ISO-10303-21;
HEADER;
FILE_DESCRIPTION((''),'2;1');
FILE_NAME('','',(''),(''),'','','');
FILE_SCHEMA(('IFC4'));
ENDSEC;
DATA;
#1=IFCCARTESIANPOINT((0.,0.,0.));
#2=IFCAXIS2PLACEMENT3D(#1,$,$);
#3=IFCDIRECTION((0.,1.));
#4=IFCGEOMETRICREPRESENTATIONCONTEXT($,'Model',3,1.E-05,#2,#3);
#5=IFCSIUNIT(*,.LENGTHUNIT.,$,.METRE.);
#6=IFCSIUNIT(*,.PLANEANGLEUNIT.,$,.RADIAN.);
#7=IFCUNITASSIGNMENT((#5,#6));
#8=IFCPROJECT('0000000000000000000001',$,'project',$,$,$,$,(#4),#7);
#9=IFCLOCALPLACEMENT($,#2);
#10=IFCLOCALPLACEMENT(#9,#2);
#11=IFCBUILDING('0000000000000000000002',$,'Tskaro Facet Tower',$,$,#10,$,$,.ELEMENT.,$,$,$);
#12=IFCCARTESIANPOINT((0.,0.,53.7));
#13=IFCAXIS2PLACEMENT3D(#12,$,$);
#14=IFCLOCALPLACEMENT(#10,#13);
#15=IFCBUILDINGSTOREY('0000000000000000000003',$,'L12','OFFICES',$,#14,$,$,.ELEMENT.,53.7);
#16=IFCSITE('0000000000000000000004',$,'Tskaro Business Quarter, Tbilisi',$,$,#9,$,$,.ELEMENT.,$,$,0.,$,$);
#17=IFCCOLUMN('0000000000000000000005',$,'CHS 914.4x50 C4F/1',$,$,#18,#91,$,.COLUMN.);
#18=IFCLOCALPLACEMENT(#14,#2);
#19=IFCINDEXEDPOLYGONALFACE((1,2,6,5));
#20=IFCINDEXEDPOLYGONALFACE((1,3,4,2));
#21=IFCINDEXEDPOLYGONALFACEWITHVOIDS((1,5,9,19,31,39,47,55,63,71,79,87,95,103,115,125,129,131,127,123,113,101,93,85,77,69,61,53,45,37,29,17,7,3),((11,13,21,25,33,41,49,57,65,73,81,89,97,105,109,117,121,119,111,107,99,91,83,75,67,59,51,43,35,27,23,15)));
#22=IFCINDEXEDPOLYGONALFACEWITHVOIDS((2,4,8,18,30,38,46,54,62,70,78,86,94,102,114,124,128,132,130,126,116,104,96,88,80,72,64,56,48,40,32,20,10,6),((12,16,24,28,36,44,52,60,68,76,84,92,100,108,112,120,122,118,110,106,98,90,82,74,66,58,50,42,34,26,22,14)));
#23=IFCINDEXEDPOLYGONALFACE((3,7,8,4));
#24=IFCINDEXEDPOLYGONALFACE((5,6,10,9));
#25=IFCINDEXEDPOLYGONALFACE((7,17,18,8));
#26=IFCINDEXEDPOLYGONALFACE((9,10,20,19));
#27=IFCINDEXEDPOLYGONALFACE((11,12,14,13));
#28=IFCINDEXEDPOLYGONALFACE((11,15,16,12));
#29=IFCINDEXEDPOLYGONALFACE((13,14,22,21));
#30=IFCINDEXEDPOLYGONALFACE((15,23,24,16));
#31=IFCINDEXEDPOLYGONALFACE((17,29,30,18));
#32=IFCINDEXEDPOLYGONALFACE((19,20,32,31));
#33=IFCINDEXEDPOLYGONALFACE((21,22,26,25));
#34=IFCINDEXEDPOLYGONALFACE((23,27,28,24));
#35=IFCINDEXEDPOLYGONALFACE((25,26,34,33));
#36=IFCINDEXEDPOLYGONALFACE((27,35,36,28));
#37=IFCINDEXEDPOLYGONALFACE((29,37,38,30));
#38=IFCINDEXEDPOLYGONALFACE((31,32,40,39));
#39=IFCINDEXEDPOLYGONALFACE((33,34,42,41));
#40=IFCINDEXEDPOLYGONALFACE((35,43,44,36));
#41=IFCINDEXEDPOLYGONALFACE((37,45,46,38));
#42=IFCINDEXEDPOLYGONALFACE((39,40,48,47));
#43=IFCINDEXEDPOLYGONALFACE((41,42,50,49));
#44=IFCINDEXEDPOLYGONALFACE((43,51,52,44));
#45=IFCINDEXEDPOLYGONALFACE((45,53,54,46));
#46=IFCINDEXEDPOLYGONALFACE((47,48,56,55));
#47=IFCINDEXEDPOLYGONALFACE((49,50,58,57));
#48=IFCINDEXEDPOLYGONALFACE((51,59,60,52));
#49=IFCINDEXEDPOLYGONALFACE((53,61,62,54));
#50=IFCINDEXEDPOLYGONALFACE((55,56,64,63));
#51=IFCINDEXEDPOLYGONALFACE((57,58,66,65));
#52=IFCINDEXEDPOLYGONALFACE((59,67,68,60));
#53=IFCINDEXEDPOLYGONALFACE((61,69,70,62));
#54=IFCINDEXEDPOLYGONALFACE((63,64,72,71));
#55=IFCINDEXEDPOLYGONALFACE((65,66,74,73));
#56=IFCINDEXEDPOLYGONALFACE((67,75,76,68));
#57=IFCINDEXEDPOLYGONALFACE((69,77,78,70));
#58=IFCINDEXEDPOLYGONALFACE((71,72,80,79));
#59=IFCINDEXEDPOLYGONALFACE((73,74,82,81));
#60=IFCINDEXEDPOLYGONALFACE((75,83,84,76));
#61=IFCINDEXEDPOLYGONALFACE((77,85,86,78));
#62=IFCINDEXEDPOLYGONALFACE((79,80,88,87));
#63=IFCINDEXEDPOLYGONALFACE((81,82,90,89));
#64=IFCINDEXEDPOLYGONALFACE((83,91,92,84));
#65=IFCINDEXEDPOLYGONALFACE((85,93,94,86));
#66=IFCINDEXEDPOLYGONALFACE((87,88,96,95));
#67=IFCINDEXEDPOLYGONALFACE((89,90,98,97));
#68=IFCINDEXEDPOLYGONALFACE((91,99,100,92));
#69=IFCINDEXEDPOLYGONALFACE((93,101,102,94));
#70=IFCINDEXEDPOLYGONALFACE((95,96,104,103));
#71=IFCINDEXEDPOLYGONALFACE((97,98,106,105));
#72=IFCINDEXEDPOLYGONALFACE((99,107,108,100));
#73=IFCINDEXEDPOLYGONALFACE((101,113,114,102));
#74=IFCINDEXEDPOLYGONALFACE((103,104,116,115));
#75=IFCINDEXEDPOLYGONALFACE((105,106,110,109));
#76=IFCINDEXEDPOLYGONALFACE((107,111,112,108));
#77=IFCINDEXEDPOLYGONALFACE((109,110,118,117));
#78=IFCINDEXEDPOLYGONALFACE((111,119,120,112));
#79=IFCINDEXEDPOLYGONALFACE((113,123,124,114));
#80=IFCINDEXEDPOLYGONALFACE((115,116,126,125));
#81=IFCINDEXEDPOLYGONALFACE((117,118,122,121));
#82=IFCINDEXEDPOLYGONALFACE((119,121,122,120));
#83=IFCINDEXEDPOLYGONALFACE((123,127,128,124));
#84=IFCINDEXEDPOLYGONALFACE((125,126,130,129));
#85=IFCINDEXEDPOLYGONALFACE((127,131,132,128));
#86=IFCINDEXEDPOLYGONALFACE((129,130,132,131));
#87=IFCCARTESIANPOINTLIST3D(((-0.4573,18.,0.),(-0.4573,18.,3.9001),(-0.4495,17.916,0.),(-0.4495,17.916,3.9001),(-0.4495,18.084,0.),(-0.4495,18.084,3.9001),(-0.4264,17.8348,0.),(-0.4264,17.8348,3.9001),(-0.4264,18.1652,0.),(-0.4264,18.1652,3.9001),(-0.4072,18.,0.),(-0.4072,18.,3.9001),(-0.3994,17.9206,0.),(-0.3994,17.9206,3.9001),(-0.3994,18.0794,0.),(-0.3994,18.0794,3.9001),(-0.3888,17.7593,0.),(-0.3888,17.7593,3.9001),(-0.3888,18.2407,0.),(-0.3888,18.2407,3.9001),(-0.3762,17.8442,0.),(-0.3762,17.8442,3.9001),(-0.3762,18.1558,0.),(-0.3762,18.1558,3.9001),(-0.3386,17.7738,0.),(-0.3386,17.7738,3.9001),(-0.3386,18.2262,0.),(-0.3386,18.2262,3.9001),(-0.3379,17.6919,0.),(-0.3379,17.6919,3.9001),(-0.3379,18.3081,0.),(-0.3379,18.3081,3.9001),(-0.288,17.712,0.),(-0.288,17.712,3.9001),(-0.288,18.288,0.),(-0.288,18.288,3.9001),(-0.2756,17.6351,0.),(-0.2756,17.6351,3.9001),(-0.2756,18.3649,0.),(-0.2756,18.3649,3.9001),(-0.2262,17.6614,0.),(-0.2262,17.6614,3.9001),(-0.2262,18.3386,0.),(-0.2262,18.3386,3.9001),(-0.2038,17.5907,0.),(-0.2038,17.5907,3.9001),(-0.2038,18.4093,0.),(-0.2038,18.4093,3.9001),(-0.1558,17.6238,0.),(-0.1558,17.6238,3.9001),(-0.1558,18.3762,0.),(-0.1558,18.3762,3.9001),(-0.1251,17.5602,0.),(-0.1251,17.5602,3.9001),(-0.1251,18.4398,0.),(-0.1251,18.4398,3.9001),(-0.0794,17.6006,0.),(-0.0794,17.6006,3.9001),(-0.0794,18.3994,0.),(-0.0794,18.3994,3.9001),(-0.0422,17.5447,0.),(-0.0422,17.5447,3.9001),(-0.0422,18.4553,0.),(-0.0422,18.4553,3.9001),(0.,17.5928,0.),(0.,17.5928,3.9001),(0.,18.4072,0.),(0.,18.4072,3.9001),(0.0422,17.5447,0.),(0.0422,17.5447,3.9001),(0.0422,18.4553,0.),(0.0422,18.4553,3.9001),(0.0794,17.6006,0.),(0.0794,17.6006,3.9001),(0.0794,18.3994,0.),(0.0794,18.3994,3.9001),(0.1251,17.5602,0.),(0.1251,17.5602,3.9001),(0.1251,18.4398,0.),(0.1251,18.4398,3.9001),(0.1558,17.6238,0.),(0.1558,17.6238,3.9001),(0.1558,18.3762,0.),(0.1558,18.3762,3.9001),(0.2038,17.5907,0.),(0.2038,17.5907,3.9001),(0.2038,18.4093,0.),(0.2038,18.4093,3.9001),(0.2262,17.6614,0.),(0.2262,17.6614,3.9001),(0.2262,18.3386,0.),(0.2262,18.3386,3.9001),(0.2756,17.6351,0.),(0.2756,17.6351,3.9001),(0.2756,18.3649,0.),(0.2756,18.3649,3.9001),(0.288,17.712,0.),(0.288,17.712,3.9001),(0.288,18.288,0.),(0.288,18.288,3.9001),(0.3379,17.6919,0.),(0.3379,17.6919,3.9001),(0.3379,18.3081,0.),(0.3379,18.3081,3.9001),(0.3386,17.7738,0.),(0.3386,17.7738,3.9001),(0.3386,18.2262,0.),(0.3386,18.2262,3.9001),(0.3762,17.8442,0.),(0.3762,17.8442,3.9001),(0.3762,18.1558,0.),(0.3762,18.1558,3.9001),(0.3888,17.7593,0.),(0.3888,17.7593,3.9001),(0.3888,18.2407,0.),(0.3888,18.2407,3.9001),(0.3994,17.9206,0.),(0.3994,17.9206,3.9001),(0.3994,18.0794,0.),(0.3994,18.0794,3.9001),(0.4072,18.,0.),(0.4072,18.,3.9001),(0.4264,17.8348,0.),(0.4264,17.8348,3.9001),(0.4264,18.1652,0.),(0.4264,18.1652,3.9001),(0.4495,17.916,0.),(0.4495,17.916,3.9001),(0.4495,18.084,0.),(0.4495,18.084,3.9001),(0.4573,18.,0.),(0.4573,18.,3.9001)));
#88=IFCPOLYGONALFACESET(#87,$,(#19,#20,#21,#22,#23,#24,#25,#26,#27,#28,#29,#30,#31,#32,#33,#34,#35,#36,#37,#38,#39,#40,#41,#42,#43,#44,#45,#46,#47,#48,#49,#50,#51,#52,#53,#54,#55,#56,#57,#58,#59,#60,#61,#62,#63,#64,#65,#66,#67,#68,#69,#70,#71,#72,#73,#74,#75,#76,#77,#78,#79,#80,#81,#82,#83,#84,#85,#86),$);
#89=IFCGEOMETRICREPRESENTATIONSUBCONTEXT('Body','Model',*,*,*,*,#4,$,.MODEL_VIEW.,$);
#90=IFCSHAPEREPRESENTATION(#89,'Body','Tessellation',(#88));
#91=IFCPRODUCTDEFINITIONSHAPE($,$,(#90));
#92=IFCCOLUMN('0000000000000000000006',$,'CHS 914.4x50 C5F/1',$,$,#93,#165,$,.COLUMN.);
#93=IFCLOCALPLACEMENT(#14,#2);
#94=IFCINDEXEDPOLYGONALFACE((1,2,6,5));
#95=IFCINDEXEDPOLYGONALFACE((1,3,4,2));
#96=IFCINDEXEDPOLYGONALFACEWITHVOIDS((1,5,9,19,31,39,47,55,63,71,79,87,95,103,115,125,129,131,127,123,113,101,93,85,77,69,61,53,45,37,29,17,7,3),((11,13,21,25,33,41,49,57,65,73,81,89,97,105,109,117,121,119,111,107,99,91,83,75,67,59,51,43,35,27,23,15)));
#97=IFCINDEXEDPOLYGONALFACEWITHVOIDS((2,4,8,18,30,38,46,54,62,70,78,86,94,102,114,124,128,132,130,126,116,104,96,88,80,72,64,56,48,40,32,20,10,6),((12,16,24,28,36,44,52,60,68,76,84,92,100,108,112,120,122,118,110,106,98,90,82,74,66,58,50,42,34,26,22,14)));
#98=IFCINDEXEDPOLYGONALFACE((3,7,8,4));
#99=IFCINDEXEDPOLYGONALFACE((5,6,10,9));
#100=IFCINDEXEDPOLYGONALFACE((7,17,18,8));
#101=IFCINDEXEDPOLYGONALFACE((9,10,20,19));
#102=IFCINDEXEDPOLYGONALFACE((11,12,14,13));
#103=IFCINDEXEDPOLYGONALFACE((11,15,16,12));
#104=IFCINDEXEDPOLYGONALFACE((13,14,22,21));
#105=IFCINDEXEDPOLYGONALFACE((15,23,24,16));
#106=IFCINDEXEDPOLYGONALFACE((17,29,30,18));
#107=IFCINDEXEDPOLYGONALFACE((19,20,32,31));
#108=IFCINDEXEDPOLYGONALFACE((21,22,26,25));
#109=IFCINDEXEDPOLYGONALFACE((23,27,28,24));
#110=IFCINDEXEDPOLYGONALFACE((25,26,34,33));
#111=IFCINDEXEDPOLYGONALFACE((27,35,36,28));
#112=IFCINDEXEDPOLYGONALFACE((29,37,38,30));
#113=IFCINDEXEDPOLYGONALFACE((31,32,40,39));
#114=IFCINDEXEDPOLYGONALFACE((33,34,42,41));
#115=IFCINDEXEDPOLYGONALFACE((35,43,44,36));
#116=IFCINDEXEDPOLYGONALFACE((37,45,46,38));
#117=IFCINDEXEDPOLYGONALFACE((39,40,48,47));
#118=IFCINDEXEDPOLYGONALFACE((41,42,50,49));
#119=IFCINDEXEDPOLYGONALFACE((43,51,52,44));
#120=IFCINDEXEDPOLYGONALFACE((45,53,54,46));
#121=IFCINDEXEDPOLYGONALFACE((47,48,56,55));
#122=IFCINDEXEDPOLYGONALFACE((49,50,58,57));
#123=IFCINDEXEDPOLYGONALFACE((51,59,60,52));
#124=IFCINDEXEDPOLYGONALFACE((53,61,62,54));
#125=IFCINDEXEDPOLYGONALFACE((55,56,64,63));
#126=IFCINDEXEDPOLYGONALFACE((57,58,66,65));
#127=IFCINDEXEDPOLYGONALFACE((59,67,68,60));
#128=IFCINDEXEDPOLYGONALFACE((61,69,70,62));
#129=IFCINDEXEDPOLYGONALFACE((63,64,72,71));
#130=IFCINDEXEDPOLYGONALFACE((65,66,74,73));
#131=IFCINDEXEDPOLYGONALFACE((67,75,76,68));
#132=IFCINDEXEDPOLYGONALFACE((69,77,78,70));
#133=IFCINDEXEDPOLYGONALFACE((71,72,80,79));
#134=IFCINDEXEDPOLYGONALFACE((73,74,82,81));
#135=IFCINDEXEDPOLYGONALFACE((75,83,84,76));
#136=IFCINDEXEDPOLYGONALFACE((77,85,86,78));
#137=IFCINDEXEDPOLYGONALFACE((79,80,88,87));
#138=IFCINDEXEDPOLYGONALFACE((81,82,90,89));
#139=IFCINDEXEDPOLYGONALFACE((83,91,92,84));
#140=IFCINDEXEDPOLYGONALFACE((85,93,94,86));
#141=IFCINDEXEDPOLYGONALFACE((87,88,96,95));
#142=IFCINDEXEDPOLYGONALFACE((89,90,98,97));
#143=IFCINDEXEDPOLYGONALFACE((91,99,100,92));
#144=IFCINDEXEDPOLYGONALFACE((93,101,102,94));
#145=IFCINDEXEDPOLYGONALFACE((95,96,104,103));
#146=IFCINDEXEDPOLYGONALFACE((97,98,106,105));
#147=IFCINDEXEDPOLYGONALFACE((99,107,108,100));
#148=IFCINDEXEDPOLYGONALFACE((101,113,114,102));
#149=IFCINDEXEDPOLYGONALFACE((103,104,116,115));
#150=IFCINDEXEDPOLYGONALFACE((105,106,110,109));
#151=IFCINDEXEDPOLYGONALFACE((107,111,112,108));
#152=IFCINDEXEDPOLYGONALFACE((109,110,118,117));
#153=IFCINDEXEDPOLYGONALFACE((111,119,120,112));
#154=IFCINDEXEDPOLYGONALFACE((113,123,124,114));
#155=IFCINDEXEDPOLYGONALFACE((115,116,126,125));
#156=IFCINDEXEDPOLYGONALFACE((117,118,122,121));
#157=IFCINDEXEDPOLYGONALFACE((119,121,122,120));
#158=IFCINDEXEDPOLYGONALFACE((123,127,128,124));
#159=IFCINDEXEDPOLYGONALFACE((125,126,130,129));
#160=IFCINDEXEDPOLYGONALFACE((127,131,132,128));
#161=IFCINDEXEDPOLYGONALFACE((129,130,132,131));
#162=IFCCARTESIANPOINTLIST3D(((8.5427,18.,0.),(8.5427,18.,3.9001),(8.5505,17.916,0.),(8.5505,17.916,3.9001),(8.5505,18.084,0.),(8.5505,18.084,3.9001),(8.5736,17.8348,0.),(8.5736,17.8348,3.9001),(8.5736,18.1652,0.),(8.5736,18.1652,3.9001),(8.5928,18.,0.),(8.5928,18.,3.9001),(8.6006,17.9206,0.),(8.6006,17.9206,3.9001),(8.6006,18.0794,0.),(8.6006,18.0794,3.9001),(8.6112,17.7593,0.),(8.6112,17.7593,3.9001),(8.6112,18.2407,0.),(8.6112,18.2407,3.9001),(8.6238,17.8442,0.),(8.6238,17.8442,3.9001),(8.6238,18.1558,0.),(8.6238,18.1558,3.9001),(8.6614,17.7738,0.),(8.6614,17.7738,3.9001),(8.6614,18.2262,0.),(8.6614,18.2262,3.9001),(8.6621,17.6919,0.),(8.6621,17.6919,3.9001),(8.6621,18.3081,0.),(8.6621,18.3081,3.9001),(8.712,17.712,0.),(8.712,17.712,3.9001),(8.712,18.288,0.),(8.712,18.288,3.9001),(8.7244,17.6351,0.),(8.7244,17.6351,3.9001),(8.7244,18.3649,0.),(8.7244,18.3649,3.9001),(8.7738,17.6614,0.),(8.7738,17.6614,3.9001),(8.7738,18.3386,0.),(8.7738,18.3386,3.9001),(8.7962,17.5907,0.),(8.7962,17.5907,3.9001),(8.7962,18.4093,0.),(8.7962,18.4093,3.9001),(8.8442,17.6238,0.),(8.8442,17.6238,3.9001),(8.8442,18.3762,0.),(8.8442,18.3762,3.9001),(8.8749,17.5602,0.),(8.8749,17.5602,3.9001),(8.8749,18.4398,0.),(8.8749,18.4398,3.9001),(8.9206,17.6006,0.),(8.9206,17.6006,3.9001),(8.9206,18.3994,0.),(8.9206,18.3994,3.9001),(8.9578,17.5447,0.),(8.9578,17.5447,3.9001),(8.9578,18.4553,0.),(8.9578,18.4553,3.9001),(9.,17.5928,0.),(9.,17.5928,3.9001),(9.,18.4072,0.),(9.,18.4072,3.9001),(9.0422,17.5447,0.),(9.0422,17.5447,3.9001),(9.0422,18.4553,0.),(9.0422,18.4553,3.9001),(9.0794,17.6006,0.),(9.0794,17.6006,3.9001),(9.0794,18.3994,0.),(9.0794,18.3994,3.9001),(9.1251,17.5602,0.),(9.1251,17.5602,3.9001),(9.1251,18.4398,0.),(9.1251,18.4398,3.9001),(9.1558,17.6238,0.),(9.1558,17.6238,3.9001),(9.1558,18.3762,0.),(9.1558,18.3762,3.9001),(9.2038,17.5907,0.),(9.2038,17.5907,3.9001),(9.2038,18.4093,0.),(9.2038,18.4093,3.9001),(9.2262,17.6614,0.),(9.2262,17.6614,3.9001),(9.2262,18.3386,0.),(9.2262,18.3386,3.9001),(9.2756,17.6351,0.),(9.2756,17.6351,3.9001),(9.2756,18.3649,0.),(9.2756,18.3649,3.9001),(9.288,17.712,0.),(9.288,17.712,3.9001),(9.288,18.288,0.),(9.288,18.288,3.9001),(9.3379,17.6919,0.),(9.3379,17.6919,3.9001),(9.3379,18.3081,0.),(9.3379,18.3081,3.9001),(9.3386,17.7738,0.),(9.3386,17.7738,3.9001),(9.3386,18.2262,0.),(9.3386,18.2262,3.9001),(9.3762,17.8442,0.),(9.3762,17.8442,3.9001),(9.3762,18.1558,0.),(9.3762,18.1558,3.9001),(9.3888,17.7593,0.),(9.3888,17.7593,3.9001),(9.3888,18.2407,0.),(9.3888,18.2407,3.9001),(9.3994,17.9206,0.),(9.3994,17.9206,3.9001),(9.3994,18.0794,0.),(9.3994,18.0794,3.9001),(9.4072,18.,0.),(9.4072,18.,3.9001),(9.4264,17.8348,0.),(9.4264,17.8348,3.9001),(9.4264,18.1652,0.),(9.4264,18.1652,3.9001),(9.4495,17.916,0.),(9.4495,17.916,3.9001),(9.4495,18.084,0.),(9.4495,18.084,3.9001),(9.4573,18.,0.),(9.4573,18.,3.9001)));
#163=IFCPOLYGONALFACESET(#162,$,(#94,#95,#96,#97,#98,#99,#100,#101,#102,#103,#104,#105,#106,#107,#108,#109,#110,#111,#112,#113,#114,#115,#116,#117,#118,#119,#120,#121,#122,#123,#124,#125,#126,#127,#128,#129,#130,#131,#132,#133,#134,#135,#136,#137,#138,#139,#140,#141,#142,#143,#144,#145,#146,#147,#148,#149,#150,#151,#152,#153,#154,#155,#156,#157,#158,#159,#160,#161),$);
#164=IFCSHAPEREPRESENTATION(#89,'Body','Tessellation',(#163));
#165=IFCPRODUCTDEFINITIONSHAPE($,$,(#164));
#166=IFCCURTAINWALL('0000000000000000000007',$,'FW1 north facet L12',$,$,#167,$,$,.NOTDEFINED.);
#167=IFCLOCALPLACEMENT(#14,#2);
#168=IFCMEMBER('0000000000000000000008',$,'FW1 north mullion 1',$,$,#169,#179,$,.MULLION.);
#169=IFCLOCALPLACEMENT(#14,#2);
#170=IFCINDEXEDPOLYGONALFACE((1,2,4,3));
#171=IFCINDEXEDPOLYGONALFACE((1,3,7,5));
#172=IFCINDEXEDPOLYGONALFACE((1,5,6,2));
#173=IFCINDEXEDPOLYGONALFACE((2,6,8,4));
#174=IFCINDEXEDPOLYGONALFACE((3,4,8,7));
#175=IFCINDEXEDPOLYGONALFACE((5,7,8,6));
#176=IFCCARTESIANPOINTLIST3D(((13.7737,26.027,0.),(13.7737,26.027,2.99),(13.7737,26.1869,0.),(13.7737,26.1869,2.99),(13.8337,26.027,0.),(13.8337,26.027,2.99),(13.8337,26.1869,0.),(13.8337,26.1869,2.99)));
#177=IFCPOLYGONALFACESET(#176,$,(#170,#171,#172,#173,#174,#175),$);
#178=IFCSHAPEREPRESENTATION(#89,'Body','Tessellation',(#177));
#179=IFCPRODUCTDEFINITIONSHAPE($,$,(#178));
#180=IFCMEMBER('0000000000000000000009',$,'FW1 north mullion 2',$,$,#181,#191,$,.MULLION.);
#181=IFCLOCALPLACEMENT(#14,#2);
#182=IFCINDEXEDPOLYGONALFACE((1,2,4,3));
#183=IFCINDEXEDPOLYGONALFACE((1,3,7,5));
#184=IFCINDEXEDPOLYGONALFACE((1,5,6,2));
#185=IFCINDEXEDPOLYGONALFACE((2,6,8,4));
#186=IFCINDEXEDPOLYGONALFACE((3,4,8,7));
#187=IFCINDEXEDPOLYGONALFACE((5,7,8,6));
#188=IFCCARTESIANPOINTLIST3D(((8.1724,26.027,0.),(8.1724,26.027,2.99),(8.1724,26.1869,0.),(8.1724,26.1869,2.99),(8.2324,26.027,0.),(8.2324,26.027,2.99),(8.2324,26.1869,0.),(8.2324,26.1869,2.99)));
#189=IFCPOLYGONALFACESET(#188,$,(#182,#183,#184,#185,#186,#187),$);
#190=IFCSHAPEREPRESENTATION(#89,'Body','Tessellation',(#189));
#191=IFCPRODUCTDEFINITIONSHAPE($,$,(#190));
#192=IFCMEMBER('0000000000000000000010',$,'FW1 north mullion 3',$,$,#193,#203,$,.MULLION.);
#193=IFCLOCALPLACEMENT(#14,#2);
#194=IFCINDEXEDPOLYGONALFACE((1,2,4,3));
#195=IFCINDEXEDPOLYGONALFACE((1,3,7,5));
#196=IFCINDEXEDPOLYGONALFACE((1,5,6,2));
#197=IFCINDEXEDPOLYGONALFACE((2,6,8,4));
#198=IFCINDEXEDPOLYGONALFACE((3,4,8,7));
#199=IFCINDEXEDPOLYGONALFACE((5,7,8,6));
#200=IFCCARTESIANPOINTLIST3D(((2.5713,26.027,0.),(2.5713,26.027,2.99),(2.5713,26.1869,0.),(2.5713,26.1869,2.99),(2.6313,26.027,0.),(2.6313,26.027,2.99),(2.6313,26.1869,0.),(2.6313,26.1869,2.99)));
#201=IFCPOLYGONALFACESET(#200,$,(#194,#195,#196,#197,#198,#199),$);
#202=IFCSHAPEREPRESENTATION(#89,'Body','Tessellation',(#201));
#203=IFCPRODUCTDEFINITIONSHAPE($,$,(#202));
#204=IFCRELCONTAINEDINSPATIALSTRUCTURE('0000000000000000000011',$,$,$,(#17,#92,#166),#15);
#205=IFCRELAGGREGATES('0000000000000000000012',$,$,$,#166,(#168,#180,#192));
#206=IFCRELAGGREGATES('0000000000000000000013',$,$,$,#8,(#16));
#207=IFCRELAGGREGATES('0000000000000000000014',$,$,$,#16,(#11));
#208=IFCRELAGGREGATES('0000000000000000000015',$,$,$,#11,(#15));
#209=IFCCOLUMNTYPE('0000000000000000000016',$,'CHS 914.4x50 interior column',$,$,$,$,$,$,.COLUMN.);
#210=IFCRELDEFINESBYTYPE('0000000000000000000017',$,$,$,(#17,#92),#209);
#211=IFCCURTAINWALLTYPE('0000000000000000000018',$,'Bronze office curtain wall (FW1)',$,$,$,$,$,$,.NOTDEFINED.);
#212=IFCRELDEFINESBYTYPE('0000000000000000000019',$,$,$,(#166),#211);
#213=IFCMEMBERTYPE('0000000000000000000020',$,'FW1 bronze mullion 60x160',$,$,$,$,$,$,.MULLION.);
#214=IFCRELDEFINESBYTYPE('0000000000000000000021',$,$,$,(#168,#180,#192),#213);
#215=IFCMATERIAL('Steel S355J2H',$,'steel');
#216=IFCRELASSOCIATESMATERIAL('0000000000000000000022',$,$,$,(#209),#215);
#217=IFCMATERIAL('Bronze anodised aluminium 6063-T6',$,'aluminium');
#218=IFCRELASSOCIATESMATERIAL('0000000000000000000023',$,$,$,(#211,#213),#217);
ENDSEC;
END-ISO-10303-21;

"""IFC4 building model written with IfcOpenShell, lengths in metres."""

from ifc_helpers import new_model, si_unit, direction, frame, origin, origin_2d, place, context, subcontext, project, spatial, rectangle, hollow_circle, extrude, material, material_profile, profile_set, type_object, element, aggregate, save


model = new_model("IFC4")

# Units and contexts
model_context = context("Model", 3, precision=1e-05, world=origin(), true_north=direction((0.0, 1.0)))
body_context = subcontext(model_context, "Body", "Model", "MODEL_VIEW")
ifc_project = project(units=[si_unit("LENGTHUNIT", "METRE"), si_unit("PLANEANGLEUNIT", "RADIAN")], contexts=[model_context])

# Site, building, storey
site_placement = place(None, origin())
site = spatial("IfcSite", under=ifc_project, at=site_placement, Name="Tskaro Business Quarter, Tbilisi", CompositionType="ELEMENT", RefElevation=0.0)
building_placement = place(site_placement, origin())
building = spatial("IfcBuilding", under=site, at=building_placement, Name="Tskaro Facet Tower", CompositionType="ELEMENT")
storey_placement = place(building_placement, frame((0.0, 0.0, 53.7)))
storey = spatial("IfcBuildingStorey", under=building, at=storey_placement, Name="L12", Description="OFFICES", CompositionType="ELEMENT", Elevation=53.7)

# Columns
ifc_material_1 = material(Name="Steel S355J2H", Category="steel")
ifc_material_profile_1 = material_profile(ifc_material_1, hollow_circle(Radius=0.4573, WallThickness=0.05, at=origin_2d()), Name="CHS 914.4x50")
ifc_profile_set_1 = profile_set([ifc_material_profile_1], Name="Steel S355J2H")
column_type_1 = type_object("IfcColumnType", Name="CHS 914.4x50 interior column", PredefinedType="COLUMN", material=ifc_profile_set_1)
for number, where, z_axis, x_axis, name in (
    (1, (0.0, 18.0, 0.0), (0.0, 0.0, 1.0), (1.0, 0.0, 0.0), "CHS 914.4x50 C4F/1"),
    (2, (9.0, 18.0, 0.0), (0.0, 0.0, 1.0), (1.0, 0.0, 0.0), "CHS 914.4x50 C5F/1"),
):
    element("IfcColumn", number, at=place(storey_placement, frame(where, z_axis=z_axis, x_axis=x_axis)), inside=storey, type_object=column_type_1, Name=name, PredefinedType="COLUMN", context=body_context, shape_type="SweptSolid", body=[
        extrude(hollow_circle(Radius=0.4573, WallThickness=0.05, at=origin_2d()), origin(), (0.0, 0.0, 1.0), 3.9001),
    ])

# Curtain wall, members
ifc_material_2 = material(Name="Bronze anodised aluminium 6063-T6", Category="aluminium")
curtain_wall_type = type_object("IfcCurtainWallType", Name="Bronze office curtain wall (FW1)", PredefinedType="NOTDEFINED", material=ifc_material_2)
curtain_wall_placement = place(storey_placement, origin())
curtain_wall = element("IfcCurtainWall", 3, at=curtain_wall_placement, inside=storey, type_object=curtain_wall_type, Name="FW1 north facet L12", PredefinedType="NOTDEFINED")
ifc_material_profile_2 = material_profile(ifc_material_2, rectangle(XDim=0.0601, YDim=0.1599, at=origin_2d()), Name="Mullion 60x160")
ifc_profile_set_2 = profile_set([ifc_material_profile_2], Name="Bronze anodised aluminium 6063-T6")
member_type_1 = type_object("IfcMemberType", Name="FW1 bronze mullion 60x160", PredefinedType="MULLION", material=ifc_profile_set_2)
member_1_placement = place(storey_placement, frame((13.8037, 26.1069, 0.0), z_axis=(0.0, 0.0, 1.0), x_axis=(-1.0, 0.0, 0.0)))
member_1 = element("IfcMember", 4, at=member_1_placement, type_object=member_type_1, Name="FW1 north mullion 1", PredefinedType="MULLION", context=body_context, shape_type="SweptSolid", body=[
    extrude(rectangle(XDim=0.0601, YDim=0.1599, at=origin_2d()), origin(), (0.0, 0.0, 1.0), 2.99),
])
member_2_placement = place(storey_placement, frame((8.2024, 26.1069, 0.0), z_axis=(0.0, 0.0, 1.0), x_axis=(-1.0, 0.0, 0.0)))
member_2 = element("IfcMember", 5, at=member_2_placement, type_object=member_type_1, Name="FW1 north mullion 2", PredefinedType="MULLION", context=body_context, shape_type="SweptSolid", body=[
    extrude(rectangle(XDim=0.0601, YDim=0.1599, at=origin_2d()), origin(), (0.0, 0.0, 1.0), 2.99),
])
member_3_placement = place(storey_placement, frame((2.6013, 26.1069, 0.0), z_axis=(0.0, 0.0, 1.0), x_axis=(-1.0, 0.0, 0.0)))
member_3 = element("IfcMember", 6, at=member_3_placement, type_object=member_type_1, Name="FW1 north mullion 3", PredefinedType="MULLION", context=body_context, shape_type="SweptSolid", body=[
    extrude(rectangle(XDim=0.0601, YDim=0.1599, at=origin_2d()), origin(), (0.0, 0.0, 1.0), 2.99),
])

aggregate(curtain_wall, [member_1, member_2, member_3])

save(model, "model.ifc")
